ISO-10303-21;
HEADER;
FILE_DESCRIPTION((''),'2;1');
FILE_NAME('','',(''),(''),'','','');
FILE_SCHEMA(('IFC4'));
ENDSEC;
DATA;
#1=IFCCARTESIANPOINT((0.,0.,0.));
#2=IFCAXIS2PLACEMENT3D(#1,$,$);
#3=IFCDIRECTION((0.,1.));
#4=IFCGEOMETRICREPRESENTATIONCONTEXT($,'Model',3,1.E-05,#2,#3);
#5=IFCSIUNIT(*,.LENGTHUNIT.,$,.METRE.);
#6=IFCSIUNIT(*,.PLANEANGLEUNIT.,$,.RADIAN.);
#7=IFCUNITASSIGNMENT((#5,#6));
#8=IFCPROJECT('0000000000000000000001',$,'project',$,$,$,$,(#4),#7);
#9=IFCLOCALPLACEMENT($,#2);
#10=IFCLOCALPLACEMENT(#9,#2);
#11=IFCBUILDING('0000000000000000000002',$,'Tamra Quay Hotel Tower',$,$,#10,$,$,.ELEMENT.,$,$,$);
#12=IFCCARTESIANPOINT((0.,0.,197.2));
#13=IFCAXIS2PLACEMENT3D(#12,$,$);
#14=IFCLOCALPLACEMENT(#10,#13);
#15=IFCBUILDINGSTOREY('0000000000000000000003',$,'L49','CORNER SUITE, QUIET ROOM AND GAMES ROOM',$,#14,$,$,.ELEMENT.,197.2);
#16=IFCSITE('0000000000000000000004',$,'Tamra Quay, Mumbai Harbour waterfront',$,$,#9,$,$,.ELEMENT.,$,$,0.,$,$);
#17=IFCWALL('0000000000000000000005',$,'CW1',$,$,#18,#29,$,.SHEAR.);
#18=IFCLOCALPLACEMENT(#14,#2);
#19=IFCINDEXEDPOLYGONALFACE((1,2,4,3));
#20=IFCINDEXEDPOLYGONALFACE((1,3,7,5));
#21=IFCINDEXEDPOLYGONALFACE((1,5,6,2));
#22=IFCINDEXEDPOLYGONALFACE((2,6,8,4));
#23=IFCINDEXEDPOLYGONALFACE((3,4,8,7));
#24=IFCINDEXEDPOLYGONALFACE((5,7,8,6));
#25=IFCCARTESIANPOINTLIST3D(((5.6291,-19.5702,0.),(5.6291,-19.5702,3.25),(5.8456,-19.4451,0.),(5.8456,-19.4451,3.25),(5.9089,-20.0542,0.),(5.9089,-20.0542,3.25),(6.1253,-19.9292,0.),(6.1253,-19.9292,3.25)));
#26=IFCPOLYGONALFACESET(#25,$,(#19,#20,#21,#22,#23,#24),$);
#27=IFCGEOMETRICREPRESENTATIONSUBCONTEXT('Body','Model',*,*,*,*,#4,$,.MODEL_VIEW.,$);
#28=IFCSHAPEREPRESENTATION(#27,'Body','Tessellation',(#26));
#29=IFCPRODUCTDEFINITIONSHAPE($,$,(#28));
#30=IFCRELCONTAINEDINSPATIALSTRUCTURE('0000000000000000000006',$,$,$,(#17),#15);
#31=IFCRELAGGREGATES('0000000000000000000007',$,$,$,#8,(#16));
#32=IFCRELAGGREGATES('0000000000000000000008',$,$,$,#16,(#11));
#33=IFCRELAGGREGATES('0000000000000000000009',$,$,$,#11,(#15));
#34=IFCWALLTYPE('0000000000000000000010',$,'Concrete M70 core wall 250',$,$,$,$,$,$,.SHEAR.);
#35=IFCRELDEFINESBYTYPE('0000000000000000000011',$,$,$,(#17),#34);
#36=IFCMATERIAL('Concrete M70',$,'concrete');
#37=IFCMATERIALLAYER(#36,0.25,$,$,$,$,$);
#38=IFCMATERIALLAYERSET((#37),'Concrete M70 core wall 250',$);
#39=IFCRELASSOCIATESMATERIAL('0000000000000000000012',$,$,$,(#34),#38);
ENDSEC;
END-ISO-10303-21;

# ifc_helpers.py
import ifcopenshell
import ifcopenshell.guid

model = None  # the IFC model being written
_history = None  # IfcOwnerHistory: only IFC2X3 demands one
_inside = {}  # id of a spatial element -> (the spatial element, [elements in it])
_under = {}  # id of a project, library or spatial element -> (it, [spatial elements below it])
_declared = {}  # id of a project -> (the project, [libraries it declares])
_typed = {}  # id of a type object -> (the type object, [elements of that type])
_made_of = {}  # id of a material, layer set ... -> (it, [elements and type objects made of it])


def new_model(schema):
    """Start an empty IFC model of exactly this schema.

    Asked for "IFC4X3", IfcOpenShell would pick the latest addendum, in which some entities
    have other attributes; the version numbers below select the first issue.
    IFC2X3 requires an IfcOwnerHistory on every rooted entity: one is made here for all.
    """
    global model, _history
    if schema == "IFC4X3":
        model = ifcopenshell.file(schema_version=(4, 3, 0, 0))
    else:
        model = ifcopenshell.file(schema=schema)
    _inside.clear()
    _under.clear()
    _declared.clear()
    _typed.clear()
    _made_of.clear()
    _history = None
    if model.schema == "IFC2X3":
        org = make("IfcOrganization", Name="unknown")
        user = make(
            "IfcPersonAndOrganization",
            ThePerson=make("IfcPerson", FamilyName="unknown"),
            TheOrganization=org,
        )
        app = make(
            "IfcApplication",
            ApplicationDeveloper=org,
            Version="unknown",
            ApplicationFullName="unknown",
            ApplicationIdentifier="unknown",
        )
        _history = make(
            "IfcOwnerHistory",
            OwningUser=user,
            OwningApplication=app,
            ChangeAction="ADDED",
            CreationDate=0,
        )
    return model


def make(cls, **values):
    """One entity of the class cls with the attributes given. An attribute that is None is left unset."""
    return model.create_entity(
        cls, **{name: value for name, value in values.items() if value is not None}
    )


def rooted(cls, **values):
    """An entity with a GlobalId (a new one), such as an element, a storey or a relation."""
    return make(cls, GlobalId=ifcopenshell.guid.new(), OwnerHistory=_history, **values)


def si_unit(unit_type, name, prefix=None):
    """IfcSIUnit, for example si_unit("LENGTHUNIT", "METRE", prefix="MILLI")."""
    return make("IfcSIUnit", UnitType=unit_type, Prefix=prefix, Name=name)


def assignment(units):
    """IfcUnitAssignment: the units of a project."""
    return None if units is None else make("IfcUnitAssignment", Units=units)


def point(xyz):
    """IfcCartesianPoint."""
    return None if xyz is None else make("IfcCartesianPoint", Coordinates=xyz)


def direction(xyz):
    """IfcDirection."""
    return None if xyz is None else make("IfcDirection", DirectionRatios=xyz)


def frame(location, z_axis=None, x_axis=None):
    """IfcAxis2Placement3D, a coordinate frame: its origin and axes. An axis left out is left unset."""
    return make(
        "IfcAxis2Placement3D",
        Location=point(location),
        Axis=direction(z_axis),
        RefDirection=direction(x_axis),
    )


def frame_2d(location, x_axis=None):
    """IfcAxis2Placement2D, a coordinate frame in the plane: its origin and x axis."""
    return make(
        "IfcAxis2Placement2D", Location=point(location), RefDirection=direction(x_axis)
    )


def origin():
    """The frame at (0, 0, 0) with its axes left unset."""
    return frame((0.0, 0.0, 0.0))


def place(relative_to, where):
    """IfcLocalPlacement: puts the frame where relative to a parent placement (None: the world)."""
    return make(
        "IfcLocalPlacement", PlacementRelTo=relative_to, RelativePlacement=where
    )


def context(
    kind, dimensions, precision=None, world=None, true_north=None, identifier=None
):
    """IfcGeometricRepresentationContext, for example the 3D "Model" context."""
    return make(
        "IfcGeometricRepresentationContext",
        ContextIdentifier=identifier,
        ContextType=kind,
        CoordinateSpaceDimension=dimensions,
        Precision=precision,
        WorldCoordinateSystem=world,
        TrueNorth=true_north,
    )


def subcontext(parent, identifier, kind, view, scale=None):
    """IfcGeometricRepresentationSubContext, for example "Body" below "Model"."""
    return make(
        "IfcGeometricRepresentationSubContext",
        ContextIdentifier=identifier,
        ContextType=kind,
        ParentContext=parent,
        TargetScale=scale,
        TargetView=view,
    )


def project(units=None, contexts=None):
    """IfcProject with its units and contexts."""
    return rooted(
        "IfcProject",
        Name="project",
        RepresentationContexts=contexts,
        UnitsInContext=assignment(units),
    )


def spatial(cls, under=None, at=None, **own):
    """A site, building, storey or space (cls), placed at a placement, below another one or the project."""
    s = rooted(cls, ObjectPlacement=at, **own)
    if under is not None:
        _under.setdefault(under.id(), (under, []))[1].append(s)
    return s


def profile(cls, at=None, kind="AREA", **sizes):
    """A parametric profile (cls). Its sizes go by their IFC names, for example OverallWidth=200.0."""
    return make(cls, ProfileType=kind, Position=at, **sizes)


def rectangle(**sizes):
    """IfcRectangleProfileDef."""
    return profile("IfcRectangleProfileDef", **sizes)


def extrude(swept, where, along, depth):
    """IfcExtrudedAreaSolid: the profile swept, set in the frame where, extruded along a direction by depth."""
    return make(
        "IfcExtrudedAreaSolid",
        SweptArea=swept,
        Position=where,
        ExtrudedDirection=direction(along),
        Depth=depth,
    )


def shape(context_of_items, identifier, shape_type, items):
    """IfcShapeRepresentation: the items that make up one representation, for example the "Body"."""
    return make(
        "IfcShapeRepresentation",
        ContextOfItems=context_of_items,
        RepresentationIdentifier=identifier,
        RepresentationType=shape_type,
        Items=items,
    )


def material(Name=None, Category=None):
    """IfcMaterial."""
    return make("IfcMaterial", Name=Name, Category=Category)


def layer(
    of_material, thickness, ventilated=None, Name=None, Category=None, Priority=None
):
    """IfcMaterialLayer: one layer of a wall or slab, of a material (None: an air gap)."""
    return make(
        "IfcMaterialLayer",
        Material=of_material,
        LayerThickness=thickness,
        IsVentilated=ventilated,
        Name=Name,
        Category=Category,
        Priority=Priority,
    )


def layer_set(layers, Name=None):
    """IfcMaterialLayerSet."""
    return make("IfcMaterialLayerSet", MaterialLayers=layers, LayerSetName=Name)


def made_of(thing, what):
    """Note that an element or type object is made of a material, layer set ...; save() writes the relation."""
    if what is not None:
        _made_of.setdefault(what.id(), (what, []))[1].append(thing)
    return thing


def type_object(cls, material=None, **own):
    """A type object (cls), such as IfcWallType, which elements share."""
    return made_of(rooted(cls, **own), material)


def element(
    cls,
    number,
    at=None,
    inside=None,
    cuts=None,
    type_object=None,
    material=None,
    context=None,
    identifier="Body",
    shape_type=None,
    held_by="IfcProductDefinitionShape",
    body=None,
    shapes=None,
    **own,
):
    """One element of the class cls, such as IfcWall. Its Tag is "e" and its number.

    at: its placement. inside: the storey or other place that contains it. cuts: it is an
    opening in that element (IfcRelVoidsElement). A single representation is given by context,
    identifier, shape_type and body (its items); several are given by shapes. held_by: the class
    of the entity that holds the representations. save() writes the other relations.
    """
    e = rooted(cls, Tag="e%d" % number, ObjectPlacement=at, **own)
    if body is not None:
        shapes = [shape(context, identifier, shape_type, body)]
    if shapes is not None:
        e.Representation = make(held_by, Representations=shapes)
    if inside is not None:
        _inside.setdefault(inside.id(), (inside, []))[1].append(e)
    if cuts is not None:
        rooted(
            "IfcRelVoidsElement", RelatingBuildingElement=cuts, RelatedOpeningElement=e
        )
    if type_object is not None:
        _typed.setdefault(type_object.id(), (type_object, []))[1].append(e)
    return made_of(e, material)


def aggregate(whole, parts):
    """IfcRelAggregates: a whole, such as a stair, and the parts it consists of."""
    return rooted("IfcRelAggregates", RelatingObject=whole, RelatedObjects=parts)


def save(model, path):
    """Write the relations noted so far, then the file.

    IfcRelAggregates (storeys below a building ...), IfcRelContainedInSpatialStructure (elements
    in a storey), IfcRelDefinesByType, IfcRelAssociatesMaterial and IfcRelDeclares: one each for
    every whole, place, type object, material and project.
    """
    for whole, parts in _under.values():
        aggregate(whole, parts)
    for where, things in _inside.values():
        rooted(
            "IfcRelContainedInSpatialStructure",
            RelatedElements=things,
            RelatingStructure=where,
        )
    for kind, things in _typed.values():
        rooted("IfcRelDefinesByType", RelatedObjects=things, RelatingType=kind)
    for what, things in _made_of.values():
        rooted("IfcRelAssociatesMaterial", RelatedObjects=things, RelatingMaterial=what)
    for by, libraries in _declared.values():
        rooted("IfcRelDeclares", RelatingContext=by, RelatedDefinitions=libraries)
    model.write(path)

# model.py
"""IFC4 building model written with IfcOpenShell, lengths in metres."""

from ifc_helpers import new_model, si_unit, direction, frame, frame_2d, origin, place, context, subcontext, project, spatial, rectangle, extrude, material, layer, layer_set, type_object, element, save


model = new_model("IFC4")

# Units and contexts
model_context = context("Model", 3, precision=1e-05, world=origin(), true_north=direction((0.0, 1.0)))
body_context = subcontext(model_context, "Body", "Model", "MODEL_VIEW")
ifc_project = project(units=[si_unit("LENGTHUNIT", "METRE"), si_unit("PLANEANGLEUNIT", "RADIAN")], contexts=[model_context])

# Site, building, storey
site_placement = place(None, origin())
site = spatial("IfcSite", under=ifc_project, at=site_placement, Name="Tamra Quay, Mumbai Harbour waterfront", CompositionType="ELEMENT", RefElevation=0.0)
building_placement = place(site_placement, origin())
building = spatial("IfcBuilding", under=site, at=building_placement, Name="Tamra Quay Hotel Tower", CompositionType="ELEMENT")
storey_placement = place(building_placement, frame((0.0, 0.0, 197.2)))
storey = spatial("IfcBuildingStorey", under=building, at=storey_placement, Name="L49", Description="CORNER SUITE, QUIET ROOM AND GAMES ROOM", CompositionType="ELEMENT", Elevation=197.2)

# Shared definitions
ifc_material_1 = material(Name="Concrete M70", Category="concrete")

# Wall
ifc_layer_1 = layer(ifc_material_1, 0.25)
ifc_layer_set_1 = layer_set([ifc_layer_1], Name="Concrete M70 core wall 250")
wall_type_1 = type_object("IfcWallType", Name="Concrete M70 core wall 250", PredefinedType="SHEAR", material=ifc_layer_set_1)
wall_1_placement = place(storey_placement, frame((6.0171, -19.9917, 0.0), z_axis=(0.0, 0.0, 1.0), x_axis=(-0.500365, 0.865815, 0.0)))
element("IfcWall", 1, at=wall_1_placement, inside=storey, type_object=wall_type_1, Name="CW1", PredefinedType="SHEAR", context=body_context, shape_type="SweptSolid", body=[
    extrude(rectangle(XDim=0.5591, YDim=0.25, at=frame_2d((0.2795, 0.0))), origin(), (0.0, 0.0, 1.0), 3.25),
])

save(model, "model.ifc")
